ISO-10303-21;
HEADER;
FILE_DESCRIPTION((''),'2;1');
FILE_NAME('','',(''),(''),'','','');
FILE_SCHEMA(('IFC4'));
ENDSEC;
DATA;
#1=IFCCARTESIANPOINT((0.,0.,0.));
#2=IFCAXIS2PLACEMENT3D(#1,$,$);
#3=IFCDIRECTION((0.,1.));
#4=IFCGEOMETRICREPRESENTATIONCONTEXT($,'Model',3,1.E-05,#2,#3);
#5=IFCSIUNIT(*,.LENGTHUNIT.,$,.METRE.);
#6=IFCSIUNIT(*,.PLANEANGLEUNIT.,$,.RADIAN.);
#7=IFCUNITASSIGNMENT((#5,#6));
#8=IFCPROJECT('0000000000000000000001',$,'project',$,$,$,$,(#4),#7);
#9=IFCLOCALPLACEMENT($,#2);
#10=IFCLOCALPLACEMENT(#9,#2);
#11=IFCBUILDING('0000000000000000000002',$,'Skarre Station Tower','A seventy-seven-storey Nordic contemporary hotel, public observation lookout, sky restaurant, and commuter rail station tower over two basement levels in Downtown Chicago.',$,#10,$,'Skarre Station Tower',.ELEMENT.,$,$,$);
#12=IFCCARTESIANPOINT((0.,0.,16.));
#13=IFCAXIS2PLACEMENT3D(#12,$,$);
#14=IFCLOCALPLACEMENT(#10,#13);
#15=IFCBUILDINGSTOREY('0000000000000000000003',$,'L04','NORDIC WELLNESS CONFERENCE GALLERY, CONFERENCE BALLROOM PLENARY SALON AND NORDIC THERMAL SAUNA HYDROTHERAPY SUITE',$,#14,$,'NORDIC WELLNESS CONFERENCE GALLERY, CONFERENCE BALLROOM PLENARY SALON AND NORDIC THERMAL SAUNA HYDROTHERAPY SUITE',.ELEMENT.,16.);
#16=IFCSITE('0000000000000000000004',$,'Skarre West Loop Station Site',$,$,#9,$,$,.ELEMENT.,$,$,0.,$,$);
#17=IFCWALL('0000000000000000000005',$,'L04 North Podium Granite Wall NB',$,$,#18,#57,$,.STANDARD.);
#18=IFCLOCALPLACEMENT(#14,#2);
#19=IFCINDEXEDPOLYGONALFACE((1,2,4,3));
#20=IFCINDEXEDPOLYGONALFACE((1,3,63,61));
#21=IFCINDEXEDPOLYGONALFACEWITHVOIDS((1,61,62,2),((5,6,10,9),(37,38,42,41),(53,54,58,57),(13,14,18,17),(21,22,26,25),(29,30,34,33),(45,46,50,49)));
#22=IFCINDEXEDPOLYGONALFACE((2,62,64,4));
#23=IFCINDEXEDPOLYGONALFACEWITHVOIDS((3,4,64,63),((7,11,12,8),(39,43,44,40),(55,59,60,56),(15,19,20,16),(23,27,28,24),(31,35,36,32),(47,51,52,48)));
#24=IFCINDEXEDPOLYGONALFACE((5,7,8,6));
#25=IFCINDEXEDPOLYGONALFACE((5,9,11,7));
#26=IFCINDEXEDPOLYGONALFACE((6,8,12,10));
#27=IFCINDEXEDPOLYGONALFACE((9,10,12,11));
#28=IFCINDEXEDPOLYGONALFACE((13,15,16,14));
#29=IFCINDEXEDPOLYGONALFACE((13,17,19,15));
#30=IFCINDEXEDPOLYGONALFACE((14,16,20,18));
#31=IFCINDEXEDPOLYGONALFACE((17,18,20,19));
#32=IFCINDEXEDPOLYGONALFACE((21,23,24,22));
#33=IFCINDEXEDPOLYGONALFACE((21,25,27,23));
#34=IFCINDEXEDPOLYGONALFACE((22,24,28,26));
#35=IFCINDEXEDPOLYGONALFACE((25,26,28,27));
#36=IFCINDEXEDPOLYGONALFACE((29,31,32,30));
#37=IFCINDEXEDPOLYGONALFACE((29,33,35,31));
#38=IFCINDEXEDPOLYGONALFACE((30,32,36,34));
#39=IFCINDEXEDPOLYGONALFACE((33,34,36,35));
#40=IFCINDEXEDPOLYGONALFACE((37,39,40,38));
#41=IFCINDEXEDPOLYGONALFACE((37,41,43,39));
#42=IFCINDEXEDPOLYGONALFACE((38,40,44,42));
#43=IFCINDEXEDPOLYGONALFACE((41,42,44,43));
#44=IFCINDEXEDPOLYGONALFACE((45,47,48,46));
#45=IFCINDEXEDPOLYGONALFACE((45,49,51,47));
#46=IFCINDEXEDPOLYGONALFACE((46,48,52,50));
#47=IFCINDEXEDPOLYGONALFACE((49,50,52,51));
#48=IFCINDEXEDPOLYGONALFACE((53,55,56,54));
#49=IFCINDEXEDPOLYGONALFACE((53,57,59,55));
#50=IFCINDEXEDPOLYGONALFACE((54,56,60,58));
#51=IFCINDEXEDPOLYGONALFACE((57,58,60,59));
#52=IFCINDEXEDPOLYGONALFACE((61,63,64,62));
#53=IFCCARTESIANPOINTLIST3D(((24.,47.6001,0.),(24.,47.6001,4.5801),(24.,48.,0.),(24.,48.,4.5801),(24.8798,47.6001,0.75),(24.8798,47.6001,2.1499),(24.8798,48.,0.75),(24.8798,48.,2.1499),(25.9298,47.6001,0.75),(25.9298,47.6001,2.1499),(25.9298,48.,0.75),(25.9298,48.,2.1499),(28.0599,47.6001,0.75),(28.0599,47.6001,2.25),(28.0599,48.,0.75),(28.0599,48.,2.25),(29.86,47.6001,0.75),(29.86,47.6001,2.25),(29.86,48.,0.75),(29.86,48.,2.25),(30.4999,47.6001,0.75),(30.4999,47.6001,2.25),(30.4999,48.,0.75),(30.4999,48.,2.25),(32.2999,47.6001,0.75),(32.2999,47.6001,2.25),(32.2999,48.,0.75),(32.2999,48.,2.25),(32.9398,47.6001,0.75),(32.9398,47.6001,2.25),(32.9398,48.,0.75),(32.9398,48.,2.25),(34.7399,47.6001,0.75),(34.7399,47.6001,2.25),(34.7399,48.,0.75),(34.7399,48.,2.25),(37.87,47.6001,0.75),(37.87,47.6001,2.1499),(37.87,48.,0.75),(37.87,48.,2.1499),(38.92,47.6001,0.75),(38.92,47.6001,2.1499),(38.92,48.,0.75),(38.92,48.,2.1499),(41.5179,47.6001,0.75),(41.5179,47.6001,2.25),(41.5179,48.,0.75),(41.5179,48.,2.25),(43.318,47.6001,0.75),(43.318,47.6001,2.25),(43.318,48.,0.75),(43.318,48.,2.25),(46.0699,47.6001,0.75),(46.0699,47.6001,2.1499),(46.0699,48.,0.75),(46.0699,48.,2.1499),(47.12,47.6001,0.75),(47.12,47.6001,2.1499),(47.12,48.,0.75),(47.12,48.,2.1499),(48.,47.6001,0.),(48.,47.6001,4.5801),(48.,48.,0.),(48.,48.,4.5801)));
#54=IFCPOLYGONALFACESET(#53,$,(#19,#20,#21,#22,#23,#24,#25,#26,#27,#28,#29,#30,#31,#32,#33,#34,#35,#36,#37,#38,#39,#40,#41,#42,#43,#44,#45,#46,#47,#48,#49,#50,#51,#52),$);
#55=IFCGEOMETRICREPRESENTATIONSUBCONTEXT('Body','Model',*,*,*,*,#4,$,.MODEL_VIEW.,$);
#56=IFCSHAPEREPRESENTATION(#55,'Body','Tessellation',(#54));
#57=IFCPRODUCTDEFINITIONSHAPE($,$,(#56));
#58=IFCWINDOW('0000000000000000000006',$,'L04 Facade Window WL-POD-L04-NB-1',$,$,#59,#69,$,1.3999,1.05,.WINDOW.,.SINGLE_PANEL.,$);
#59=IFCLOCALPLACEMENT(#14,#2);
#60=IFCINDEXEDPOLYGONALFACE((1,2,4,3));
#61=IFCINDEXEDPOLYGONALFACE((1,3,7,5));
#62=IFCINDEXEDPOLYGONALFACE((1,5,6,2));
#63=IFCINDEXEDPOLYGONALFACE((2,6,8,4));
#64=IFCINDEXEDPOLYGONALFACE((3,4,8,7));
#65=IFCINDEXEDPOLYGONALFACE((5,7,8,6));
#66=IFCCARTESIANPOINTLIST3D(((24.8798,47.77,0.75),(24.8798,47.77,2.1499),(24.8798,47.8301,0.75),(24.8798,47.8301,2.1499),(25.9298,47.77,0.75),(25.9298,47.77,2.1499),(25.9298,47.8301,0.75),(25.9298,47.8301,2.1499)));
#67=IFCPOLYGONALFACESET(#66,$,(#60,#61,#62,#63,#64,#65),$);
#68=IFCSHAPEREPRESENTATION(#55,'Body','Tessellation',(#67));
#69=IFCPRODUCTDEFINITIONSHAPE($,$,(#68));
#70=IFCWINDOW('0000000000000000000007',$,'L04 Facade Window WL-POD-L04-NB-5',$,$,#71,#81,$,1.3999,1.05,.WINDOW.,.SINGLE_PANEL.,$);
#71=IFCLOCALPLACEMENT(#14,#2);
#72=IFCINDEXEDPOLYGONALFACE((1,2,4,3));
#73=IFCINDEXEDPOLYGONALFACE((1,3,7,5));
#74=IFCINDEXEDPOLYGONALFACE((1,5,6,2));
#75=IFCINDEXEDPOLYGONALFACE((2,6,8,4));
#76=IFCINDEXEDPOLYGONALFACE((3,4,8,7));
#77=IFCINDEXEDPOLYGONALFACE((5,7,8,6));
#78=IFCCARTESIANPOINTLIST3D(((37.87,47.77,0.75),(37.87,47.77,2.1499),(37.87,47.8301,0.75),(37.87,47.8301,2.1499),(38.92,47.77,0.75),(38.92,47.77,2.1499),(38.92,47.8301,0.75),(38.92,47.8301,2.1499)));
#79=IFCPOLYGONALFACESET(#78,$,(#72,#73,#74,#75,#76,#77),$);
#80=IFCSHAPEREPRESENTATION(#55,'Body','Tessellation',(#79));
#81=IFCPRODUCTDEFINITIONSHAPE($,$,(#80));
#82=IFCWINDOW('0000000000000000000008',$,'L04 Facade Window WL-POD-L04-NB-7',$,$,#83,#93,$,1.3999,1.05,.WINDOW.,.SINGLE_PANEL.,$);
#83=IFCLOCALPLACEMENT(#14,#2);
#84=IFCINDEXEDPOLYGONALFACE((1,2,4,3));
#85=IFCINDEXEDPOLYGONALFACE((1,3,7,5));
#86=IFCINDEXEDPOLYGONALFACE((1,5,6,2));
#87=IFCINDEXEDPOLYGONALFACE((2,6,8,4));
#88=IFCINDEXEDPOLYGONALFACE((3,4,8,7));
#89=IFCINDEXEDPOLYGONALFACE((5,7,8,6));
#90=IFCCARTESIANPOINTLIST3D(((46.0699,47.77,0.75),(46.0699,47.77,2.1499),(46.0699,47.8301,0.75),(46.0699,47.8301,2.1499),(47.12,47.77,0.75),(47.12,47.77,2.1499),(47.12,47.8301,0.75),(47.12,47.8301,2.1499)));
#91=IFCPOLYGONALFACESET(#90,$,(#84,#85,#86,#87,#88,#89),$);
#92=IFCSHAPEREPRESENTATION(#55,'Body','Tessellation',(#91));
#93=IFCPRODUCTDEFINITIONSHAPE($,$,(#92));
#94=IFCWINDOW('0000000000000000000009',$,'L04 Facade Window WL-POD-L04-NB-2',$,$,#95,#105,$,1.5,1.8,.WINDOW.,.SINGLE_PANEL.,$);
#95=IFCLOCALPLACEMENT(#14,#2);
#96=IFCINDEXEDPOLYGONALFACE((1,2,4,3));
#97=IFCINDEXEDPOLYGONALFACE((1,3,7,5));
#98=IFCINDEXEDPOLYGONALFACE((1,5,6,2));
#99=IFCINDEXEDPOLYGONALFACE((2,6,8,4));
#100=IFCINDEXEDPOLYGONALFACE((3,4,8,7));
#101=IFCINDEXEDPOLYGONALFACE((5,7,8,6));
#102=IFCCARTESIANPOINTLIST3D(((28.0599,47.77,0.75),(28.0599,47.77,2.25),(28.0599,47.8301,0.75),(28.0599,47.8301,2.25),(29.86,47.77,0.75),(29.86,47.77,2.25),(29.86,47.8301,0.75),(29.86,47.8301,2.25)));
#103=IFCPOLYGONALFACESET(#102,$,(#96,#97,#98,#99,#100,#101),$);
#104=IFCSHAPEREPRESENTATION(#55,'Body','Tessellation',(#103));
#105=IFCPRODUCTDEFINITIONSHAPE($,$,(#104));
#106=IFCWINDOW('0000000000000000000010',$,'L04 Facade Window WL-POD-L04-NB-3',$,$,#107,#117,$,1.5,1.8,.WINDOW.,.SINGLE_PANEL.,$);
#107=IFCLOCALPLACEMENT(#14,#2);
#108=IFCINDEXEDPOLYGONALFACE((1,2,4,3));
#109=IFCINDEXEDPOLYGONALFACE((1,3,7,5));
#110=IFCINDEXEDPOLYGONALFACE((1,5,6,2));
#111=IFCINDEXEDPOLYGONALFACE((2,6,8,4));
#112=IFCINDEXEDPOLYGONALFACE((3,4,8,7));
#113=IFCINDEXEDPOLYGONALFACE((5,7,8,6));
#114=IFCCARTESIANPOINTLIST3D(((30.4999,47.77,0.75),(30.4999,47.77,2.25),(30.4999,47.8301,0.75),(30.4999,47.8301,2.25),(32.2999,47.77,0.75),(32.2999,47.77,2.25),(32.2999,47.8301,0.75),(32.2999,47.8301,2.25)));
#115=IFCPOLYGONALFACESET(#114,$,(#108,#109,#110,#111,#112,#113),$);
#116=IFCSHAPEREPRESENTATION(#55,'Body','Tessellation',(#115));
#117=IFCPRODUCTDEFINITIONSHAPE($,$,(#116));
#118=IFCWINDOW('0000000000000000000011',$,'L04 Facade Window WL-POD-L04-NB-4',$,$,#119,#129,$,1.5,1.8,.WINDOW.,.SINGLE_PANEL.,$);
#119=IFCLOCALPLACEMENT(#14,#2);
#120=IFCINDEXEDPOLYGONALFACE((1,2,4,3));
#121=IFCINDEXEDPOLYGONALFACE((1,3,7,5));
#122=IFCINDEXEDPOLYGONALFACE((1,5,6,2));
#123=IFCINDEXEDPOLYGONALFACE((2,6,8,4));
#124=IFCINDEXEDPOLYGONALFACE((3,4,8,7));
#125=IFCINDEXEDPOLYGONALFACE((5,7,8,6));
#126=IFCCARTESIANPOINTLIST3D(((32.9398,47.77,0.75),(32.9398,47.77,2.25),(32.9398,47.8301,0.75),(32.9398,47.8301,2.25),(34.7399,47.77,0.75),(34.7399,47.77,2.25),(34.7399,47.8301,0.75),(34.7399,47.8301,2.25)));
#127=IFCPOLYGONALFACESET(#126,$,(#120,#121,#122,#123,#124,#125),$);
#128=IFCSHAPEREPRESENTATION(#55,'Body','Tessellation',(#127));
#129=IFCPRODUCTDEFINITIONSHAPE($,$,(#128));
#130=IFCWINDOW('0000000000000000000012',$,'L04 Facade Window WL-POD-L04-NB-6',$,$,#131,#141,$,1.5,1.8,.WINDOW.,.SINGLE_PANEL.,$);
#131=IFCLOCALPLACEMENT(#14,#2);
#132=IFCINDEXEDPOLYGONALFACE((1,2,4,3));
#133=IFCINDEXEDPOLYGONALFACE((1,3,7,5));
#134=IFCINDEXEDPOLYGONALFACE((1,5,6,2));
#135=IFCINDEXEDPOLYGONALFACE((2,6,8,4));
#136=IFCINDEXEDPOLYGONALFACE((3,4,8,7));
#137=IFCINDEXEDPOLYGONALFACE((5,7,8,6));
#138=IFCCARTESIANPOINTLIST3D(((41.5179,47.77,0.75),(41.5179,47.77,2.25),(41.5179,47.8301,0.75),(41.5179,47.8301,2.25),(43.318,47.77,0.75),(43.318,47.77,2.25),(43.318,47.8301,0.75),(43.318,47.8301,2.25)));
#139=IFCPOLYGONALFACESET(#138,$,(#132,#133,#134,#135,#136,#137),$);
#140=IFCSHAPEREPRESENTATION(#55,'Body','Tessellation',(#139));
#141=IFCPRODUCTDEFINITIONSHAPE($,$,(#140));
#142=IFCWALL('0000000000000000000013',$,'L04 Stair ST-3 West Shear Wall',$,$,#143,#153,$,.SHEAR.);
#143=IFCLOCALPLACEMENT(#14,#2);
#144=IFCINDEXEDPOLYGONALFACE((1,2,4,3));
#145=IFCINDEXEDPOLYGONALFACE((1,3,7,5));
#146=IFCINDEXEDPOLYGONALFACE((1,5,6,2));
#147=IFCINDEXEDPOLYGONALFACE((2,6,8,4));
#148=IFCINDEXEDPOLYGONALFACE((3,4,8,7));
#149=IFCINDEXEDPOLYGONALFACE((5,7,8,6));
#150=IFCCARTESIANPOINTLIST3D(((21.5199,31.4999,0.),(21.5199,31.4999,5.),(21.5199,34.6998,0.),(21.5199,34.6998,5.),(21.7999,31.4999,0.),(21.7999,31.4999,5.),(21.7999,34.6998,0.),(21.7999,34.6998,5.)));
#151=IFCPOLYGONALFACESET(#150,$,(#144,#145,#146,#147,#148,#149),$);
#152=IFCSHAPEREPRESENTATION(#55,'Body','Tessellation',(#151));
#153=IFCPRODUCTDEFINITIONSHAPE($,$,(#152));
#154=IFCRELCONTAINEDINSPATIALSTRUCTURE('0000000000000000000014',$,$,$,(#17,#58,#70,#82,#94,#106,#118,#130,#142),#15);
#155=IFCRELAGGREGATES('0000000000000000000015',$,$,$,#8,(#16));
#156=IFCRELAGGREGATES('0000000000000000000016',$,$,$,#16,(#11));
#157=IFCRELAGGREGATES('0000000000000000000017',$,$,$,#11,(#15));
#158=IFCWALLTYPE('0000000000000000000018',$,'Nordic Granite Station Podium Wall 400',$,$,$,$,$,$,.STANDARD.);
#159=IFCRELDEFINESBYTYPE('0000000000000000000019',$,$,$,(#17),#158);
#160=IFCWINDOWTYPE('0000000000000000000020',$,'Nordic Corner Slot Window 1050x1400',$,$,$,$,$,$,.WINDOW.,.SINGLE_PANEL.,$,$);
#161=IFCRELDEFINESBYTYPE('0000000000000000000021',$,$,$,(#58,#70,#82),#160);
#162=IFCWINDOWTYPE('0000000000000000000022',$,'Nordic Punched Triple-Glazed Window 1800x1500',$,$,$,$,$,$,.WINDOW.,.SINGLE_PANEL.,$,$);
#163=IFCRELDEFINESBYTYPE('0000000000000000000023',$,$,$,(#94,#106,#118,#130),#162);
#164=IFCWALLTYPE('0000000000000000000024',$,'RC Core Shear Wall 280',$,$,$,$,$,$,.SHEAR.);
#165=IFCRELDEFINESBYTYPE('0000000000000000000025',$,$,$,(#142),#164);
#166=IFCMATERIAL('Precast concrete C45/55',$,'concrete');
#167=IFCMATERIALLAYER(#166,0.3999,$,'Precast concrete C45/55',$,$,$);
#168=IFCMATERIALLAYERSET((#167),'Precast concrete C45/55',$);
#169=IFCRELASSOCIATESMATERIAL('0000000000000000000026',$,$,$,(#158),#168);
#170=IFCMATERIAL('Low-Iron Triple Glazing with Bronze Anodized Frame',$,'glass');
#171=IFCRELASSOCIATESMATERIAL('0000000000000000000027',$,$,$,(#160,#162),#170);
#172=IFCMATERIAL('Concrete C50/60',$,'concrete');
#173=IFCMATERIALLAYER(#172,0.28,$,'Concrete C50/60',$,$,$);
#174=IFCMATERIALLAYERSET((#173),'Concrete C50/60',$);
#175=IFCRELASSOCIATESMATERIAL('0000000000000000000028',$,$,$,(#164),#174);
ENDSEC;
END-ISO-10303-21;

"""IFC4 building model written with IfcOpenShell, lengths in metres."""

from ifc_helpers import new_model, si_unit, direction, frame, frame_2d, origin, place, context, subcontext, project, spatial, rectangle, extrude, material, layer, layer_set, type_object, element, fill, save


model = new_model("IFC4")

# Units and contexts
model_context = context("Model", 3, precision=1e-05, world=origin(), true_north=direction((0.0, 1.0)))
body_context = subcontext(model_context, "Body", "Model", "MODEL_VIEW")
ifc_project = project(units=[si_unit("LENGTHUNIT", "METRE"), si_unit("PLANEANGLEUNIT", "RADIAN")], contexts=[model_context])

# Site, building, storey
site_placement = place(None, origin())
site = spatial("IfcSite", under=ifc_project, at=site_placement, Name="Skarre West Loop Station Site", CompositionType="ELEMENT", RefElevation=0.0)
building_placement = place(site_placement, origin())
building = spatial("IfcBuilding", under=site, at=building_placement, Name="Skarre Station Tower", Description="A seventy-seven-storey Nordic contemporary hotel, public observation lookout, sky restaurant, and commuter rail station tower over two basement levels in Downtown Chicago.", LongName="Skarre Station Tower", CompositionType="ELEMENT")
storey_placement = place(building_placement, frame((0.0, 0.0, 16.0)))
storey = spatial("IfcBuildingStorey", under=building, at=storey_placement, Name="L04", Description="NORDIC WELLNESS CONFERENCE GALLERY, CONFERENCE BALLROOM PLENARY SALON AND NORDIC THERMAL SAUNA HYDROTHERAPY SUITE", LongName="NORDIC WELLNESS CONFERENCE GALLERY, CONFERENCE BALLROOM PLENARY SALON AND NORDIC THERMAL SAUNA HYDROTHERAPY SUITE", CompositionType="ELEMENT", Elevation=16.0)

# Wall, openings, windows
ifc_material_1 = material(Name="Precast concrete C45/55", Category="concrete")
ifc_layer_1 = layer(ifc_material_1, 0.3999, Name="Precast concrete C45/55")
ifc_layer_set_1 = layer_set([ifc_layer_1], Name="Precast concrete C45/55")
wall_type_1 = type_object("IfcWallType", Name="Nordic Granite Station Podium Wall 400", PredefinedType="STANDARD", material=ifc_layer_set_1)
wall_1_placement = place(storey_placement, frame((24.0, 47.8, 0.0), z_axis=(0.0, 0.0, 1.0), x_axis=(1.0, 0.0, 0.0)))
wall_1 = element("IfcWall", 1, at=wall_1_placement, inside=storey, type_object=wall_type_1, Name="L04 North Podium Granite Wall NB", PredefinedType="STANDARD", context=body_context, shape_type="SweptSolid", body=[
    extrude(rectangle(XDim=24.0, YDim=0.3999, at=frame_2d((12.0, 0.0))), origin(), (0.0, 0.0, 1.0), 4.5801),
])
opening_1_placement = place(wall_1_placement, frame((0.8799, 0.0, 0.75)))
opening_1 = element("IfcOpeningElement", 2, at=opening_1_placement, cuts=wall_1, PredefinedType="OPENING", context=body_context, shape_type="SweptSolid", body=[
    extrude(rectangle(XDim=1.05, YDim=1.3999, at=frame_2d((0.5249, 0.7))), frame((0.0, 0.21, 0.0), z_axis=(0.0, -1.0, 0.0), x_axis=(1.0, 0.0, 0.0)), (0.0, 0.0, 1.0), 0.4199),
])
opening_2_placement = place(wall_1_placement, frame((4.0601, 0.0, 0.75)))
opening_2 = element("IfcOpeningElement", 3, at=opening_2_placement, cuts=wall_1, PredefinedType="OPENING", context=body_context, shape_type="SweptSolid", body=[
    extrude(rectangle(XDim=1.8, YDim=1.5, at=frame_2d((0.8999, 0.75))), frame((0.0, 0.21, 0.0), z_axis=(0.0, -1.0, 0.0), x_axis=(1.0, 0.0, 0.0)), (0.0, 0.0, 1.0), 0.4199),
])
opening_3_placement = place(wall_1_placement, frame((6.5, 0.0, 0.75)))
opening_3 = element("IfcOpeningElement", 4, at=opening_3_placement, cuts=wall_1, PredefinedType="OPENING", context=body_context, shape_type="SweptSolid", body=[
    extrude(rectangle(XDim=1.8, YDim=1.5, at=frame_2d((0.8999, 0.75))), frame((0.0, 0.21, 0.0), z_axis=(0.0, -1.0, 0.0), x_axis=(1.0, 0.0, 0.0)), (0.0, 0.0, 1.0), 0.4199),
])
opening_4_placement = place(wall_1_placement, frame((8.9399, 0.0, 0.75)))
opening_4 = element("IfcOpeningElement", 5, at=opening_4_placement, cuts=wall_1, PredefinedType="OPENING", context=body_context, shape_type="SweptSolid", body=[
    extrude(rectangle(XDim=1.8, YDim=1.5, at=frame_2d((0.8999, 0.75))), frame((0.0, 0.21, 0.0), z_axis=(0.0, -1.0, 0.0), x_axis=(1.0, 0.0, 0.0)), (0.0, 0.0, 1.0), 0.4199),
])
opening_5_placement = place(wall_1_placement, frame((13.8701, 0.0, 0.75)))
opening_5 = element("IfcOpeningElement", 6, at=opening_5_placement, cuts=wall_1, PredefinedType="OPENING", context=body_context, shape_type="SweptSolid", body=[
    extrude(rectangle(XDim=1.05, YDim=1.3999, at=frame_2d((0.5249, 0.7))), frame((0.0, 0.21, 0.0), z_axis=(0.0, -1.0, 0.0), x_axis=(1.0, 0.0, 0.0)), (0.0, 0.0, 1.0), 0.4199),
])
opening_6_placement = place(wall_1_placement, frame((17.5181, 0.0, 0.75)))
opening_6 = element("IfcOpeningElement", 7, at=opening_6_placement, cuts=wall_1, PredefinedType="OPENING", context=body_context, shape_type="SweptSolid", body=[
    extrude(rectangle(XDim=1.8, YDim=1.5, at=frame_2d((0.8999, 0.75))), frame((0.0, 0.21, 0.0), z_axis=(0.0, -1.0, 0.0), x_axis=(1.0, 0.0, 0.0)), (0.0, 0.0, 1.0), 0.4199),
])
opening_7_placement = place(wall_1_placement, frame((22.0701, 0.0, 0.75)))
opening_7 = element("IfcOpeningElement", 8, at=opening_7_placement, cuts=wall_1, PredefinedType="OPENING", context=body_context, shape_type="SweptSolid", body=[
    extrude(rectangle(XDim=1.05, YDim=1.3999, at=frame_2d((0.5249, 0.7))), frame((0.0, 0.21, 0.0), z_axis=(0.0, -1.0, 0.0), x_axis=(1.0, 0.0, 0.0)), (0.0, 0.0, 1.0), 0.4199),
])
ifc_material_2 = material(Name="Low-Iron Triple Glazing with Bronze Anodized Frame", Category="glass")
window_type_1 = type_object("IfcWindowType", Name="Nordic Corner Slot Window 1050x1400", PartitioningType="SINGLE_PANEL", PredefinedType="WINDOW", material=ifc_material_2)
window_1_placement = place(opening_1_placement, origin())
window_1 = element("IfcWindow", 9, at=window_1_placement, inside=storey, type_object=window_type_1, Name="L04 Facade Window WL-POD-L04-NB-1", OverallHeight=1.3999, OverallWidth=1.05, PartitioningType="SINGLE_PANEL", PredefinedType="WINDOW", context=body_context, shape_type="SweptSolid", body=[
    extrude(rectangle(XDim=1.05, YDim=1.3999, at=frame_2d((0.5249, 0.7))), frame((0.0, 0.03, 0.0), z_axis=(0.0, -1.0, 0.0), x_axis=(1.0, 0.0, 0.0)), (0.0, 0.0, 1.0), 0.0601),
])
fill(opening_1, window_1)
window_2_placement = place(opening_5_placement, origin())
window_2 = element("IfcWindow", 10, at=window_2_placement, inside=storey, type_object=window_type_1, Name="L04 Facade Window WL-POD-L04-NB-5", OverallHeight=1.3999, OverallWidth=1.05, PartitioningType="SINGLE_PANEL", PredefinedType="WINDOW", context=body_context, shape_type="SweptSolid", body=[
    extrude(rectangle(XDim=1.05, YDim=1.3999, at=frame_2d((0.5249, 0.7))), frame((0.0, 0.03, 0.0), z_axis=(0.0, -1.0, 0.0), x_axis=(1.0, 0.0, 0.0)), (0.0, 0.0, 1.0), 0.0601),
])
fill(opening_5, window_2)
window_3_placement = place(opening_7_placement, origin())
window_3 = element("IfcWindow", 11, at=window_3_placement, inside=storey, type_object=window_type_1, Name="L04 Facade Window WL-POD-L04-NB-7", OverallHeight=1.3999, OverallWidth=1.05, PartitioningType="SINGLE_PANEL", PredefinedType="WINDOW", context=body_context, shape_type="SweptSolid", body=[
    extrude(rectangle(XDim=1.05, YDim=1.3999, at=frame_2d((0.5249, 0.7))), frame((0.0, 0.03, 0.0), z_axis=(0.0, -1.0, 0.0), x_axis=(1.0, 0.0, 0.0)), (0.0, 0.0, 1.0), 0.0601),
])
fill(opening_7, window_3)
window_type_2 = type_object("IfcWindowType", Name="Nordic Punched Triple-Glazed Window 1800x1500", PartitioningType="SINGLE_PANEL", PredefinedType="WINDOW", material=ifc_material_2)
window_4_placement = place(opening_2_placement, origin())
window_4 = element("IfcWindow", 12, at=window_4_placement, inside=storey, type_object=window_type_2, Name="L04 Facade Window WL-POD-L04-NB-2", OverallHeight=1.5, OverallWidth=1.8, PartitioningType="SINGLE_PANEL", PredefinedType="WINDOW", context=body_context, shape_type="SweptSolid", body=[
    extrude(rectangle(XDim=1.8, YDim=1.5, at=frame_2d((0.8999, 0.75))), frame((0.0, 0.03, 0.0), z_axis=(0.0, -1.0, 0.0), x_axis=(1.0, 0.0, 0.0)), (0.0, 0.0, 1.0), 0.0601),
])
fill(opening_2, window_4)
window_5_placement = place(opening_3_placement, origin())
window_5 = element("IfcWindow", 13, at=window_5_placement, inside=storey, type_object=window_type_2, Name="L04 Facade Window WL-POD-L04-NB-3", OverallHeight=1.5, OverallWidth=1.8, PartitioningType="SINGLE_PANEL", PredefinedType="WINDOW", context=body_context, shape_type="SweptSolid", body=[
    extrude(rectangle(XDim=1.8, YDim=1.5, at=frame_2d((0.8999, 0.75))), frame((0.0, 0.03, 0.0), z_axis=(0.0, -1.0, 0.0), x_axis=(1.0, 0.0, 0.0)), (0.0, 0.0, 1.0), 0.0601),
])
fill(opening_3, window_5)
window_6_placement = place(opening_4_placement, origin())
window_6 = element("IfcWindow", 14, at=window_6_placement, inside=storey, type_object=window_type_2, Name="L04 Facade Window WL-POD-L04-NB-4", OverallHeight=1.5, OverallWidth=1.8, PartitioningType="SINGLE_PANEL", PredefinedType="WINDOW", context=body_context, shape_type="SweptSolid", body=[
    extrude(rectangle(XDim=1.8, YDim=1.5, at=frame_2d((0.8999, 0.75))), frame((0.0, 0.03, 0.0), z_axis=(0.0, -1.0, 0.0), x_axis=(1.0, 0.0, 0.0)), (0.0, 0.0, 1.0), 0.0601),
])
fill(opening_4, window_6)
window_7_placement = place(opening_6_placement, origin())
window_7 = element("IfcWindow", 15, at=window_7_placement, inside=storey, type_object=window_type_2, Name="L04 Facade Window WL-POD-L04-NB-6", OverallHeight=1.5, OverallWidth=1.8, PartitioningType="SINGLE_PANEL", PredefinedType="WINDOW", context=body_context, shape_type="SweptSolid", body=[
    extrude(rectangle(XDim=1.8, YDim=1.5, at=frame_2d((0.8999, 0.75))), frame((0.0, 0.03, 0.0), z_axis=(0.0, -1.0, 0.0), x_axis=(1.0, 0.0, 0.0)), (0.0, 0.0, 1.0), 0.0601),
])
fill(opening_6, window_7)

# Wall
ifc_material_3 = material(Name="Concrete C50/60", Category="concrete")
ifc_layer_2 = layer(ifc_material_3, 0.28, Name="Concrete C50/60")
ifc_layer_set_2 = layer_set([ifc_layer_2], Name="Concrete C50/60")
wall_type_2 = type_object("IfcWallType", Name="RC Core Shear Wall 280", PredefinedType="SHEAR", material=ifc_layer_set_2)
wall_2_placement = place(storey_placement, frame((21.6599, 34.7, 0.0), z_axis=(0.0, 0.0, 1.0), x_axis=(0.0, -1.0, 0.0)))
element("IfcWall", 16, at=wall_2_placement, inside=storey, type_object=wall_type_2, Name="L04 Stair ST-3 West Shear Wall", PredefinedType="SHEAR", context=body_context, shape_type="SweptSolid", body=[
    extrude(rectangle(XDim=3.2, YDim=0.28, at=frame_2d((1.6001, 0.0))), origin(), (0.0, 0.0, 1.0), 5.0),
])

save(model, "model.ifc")
